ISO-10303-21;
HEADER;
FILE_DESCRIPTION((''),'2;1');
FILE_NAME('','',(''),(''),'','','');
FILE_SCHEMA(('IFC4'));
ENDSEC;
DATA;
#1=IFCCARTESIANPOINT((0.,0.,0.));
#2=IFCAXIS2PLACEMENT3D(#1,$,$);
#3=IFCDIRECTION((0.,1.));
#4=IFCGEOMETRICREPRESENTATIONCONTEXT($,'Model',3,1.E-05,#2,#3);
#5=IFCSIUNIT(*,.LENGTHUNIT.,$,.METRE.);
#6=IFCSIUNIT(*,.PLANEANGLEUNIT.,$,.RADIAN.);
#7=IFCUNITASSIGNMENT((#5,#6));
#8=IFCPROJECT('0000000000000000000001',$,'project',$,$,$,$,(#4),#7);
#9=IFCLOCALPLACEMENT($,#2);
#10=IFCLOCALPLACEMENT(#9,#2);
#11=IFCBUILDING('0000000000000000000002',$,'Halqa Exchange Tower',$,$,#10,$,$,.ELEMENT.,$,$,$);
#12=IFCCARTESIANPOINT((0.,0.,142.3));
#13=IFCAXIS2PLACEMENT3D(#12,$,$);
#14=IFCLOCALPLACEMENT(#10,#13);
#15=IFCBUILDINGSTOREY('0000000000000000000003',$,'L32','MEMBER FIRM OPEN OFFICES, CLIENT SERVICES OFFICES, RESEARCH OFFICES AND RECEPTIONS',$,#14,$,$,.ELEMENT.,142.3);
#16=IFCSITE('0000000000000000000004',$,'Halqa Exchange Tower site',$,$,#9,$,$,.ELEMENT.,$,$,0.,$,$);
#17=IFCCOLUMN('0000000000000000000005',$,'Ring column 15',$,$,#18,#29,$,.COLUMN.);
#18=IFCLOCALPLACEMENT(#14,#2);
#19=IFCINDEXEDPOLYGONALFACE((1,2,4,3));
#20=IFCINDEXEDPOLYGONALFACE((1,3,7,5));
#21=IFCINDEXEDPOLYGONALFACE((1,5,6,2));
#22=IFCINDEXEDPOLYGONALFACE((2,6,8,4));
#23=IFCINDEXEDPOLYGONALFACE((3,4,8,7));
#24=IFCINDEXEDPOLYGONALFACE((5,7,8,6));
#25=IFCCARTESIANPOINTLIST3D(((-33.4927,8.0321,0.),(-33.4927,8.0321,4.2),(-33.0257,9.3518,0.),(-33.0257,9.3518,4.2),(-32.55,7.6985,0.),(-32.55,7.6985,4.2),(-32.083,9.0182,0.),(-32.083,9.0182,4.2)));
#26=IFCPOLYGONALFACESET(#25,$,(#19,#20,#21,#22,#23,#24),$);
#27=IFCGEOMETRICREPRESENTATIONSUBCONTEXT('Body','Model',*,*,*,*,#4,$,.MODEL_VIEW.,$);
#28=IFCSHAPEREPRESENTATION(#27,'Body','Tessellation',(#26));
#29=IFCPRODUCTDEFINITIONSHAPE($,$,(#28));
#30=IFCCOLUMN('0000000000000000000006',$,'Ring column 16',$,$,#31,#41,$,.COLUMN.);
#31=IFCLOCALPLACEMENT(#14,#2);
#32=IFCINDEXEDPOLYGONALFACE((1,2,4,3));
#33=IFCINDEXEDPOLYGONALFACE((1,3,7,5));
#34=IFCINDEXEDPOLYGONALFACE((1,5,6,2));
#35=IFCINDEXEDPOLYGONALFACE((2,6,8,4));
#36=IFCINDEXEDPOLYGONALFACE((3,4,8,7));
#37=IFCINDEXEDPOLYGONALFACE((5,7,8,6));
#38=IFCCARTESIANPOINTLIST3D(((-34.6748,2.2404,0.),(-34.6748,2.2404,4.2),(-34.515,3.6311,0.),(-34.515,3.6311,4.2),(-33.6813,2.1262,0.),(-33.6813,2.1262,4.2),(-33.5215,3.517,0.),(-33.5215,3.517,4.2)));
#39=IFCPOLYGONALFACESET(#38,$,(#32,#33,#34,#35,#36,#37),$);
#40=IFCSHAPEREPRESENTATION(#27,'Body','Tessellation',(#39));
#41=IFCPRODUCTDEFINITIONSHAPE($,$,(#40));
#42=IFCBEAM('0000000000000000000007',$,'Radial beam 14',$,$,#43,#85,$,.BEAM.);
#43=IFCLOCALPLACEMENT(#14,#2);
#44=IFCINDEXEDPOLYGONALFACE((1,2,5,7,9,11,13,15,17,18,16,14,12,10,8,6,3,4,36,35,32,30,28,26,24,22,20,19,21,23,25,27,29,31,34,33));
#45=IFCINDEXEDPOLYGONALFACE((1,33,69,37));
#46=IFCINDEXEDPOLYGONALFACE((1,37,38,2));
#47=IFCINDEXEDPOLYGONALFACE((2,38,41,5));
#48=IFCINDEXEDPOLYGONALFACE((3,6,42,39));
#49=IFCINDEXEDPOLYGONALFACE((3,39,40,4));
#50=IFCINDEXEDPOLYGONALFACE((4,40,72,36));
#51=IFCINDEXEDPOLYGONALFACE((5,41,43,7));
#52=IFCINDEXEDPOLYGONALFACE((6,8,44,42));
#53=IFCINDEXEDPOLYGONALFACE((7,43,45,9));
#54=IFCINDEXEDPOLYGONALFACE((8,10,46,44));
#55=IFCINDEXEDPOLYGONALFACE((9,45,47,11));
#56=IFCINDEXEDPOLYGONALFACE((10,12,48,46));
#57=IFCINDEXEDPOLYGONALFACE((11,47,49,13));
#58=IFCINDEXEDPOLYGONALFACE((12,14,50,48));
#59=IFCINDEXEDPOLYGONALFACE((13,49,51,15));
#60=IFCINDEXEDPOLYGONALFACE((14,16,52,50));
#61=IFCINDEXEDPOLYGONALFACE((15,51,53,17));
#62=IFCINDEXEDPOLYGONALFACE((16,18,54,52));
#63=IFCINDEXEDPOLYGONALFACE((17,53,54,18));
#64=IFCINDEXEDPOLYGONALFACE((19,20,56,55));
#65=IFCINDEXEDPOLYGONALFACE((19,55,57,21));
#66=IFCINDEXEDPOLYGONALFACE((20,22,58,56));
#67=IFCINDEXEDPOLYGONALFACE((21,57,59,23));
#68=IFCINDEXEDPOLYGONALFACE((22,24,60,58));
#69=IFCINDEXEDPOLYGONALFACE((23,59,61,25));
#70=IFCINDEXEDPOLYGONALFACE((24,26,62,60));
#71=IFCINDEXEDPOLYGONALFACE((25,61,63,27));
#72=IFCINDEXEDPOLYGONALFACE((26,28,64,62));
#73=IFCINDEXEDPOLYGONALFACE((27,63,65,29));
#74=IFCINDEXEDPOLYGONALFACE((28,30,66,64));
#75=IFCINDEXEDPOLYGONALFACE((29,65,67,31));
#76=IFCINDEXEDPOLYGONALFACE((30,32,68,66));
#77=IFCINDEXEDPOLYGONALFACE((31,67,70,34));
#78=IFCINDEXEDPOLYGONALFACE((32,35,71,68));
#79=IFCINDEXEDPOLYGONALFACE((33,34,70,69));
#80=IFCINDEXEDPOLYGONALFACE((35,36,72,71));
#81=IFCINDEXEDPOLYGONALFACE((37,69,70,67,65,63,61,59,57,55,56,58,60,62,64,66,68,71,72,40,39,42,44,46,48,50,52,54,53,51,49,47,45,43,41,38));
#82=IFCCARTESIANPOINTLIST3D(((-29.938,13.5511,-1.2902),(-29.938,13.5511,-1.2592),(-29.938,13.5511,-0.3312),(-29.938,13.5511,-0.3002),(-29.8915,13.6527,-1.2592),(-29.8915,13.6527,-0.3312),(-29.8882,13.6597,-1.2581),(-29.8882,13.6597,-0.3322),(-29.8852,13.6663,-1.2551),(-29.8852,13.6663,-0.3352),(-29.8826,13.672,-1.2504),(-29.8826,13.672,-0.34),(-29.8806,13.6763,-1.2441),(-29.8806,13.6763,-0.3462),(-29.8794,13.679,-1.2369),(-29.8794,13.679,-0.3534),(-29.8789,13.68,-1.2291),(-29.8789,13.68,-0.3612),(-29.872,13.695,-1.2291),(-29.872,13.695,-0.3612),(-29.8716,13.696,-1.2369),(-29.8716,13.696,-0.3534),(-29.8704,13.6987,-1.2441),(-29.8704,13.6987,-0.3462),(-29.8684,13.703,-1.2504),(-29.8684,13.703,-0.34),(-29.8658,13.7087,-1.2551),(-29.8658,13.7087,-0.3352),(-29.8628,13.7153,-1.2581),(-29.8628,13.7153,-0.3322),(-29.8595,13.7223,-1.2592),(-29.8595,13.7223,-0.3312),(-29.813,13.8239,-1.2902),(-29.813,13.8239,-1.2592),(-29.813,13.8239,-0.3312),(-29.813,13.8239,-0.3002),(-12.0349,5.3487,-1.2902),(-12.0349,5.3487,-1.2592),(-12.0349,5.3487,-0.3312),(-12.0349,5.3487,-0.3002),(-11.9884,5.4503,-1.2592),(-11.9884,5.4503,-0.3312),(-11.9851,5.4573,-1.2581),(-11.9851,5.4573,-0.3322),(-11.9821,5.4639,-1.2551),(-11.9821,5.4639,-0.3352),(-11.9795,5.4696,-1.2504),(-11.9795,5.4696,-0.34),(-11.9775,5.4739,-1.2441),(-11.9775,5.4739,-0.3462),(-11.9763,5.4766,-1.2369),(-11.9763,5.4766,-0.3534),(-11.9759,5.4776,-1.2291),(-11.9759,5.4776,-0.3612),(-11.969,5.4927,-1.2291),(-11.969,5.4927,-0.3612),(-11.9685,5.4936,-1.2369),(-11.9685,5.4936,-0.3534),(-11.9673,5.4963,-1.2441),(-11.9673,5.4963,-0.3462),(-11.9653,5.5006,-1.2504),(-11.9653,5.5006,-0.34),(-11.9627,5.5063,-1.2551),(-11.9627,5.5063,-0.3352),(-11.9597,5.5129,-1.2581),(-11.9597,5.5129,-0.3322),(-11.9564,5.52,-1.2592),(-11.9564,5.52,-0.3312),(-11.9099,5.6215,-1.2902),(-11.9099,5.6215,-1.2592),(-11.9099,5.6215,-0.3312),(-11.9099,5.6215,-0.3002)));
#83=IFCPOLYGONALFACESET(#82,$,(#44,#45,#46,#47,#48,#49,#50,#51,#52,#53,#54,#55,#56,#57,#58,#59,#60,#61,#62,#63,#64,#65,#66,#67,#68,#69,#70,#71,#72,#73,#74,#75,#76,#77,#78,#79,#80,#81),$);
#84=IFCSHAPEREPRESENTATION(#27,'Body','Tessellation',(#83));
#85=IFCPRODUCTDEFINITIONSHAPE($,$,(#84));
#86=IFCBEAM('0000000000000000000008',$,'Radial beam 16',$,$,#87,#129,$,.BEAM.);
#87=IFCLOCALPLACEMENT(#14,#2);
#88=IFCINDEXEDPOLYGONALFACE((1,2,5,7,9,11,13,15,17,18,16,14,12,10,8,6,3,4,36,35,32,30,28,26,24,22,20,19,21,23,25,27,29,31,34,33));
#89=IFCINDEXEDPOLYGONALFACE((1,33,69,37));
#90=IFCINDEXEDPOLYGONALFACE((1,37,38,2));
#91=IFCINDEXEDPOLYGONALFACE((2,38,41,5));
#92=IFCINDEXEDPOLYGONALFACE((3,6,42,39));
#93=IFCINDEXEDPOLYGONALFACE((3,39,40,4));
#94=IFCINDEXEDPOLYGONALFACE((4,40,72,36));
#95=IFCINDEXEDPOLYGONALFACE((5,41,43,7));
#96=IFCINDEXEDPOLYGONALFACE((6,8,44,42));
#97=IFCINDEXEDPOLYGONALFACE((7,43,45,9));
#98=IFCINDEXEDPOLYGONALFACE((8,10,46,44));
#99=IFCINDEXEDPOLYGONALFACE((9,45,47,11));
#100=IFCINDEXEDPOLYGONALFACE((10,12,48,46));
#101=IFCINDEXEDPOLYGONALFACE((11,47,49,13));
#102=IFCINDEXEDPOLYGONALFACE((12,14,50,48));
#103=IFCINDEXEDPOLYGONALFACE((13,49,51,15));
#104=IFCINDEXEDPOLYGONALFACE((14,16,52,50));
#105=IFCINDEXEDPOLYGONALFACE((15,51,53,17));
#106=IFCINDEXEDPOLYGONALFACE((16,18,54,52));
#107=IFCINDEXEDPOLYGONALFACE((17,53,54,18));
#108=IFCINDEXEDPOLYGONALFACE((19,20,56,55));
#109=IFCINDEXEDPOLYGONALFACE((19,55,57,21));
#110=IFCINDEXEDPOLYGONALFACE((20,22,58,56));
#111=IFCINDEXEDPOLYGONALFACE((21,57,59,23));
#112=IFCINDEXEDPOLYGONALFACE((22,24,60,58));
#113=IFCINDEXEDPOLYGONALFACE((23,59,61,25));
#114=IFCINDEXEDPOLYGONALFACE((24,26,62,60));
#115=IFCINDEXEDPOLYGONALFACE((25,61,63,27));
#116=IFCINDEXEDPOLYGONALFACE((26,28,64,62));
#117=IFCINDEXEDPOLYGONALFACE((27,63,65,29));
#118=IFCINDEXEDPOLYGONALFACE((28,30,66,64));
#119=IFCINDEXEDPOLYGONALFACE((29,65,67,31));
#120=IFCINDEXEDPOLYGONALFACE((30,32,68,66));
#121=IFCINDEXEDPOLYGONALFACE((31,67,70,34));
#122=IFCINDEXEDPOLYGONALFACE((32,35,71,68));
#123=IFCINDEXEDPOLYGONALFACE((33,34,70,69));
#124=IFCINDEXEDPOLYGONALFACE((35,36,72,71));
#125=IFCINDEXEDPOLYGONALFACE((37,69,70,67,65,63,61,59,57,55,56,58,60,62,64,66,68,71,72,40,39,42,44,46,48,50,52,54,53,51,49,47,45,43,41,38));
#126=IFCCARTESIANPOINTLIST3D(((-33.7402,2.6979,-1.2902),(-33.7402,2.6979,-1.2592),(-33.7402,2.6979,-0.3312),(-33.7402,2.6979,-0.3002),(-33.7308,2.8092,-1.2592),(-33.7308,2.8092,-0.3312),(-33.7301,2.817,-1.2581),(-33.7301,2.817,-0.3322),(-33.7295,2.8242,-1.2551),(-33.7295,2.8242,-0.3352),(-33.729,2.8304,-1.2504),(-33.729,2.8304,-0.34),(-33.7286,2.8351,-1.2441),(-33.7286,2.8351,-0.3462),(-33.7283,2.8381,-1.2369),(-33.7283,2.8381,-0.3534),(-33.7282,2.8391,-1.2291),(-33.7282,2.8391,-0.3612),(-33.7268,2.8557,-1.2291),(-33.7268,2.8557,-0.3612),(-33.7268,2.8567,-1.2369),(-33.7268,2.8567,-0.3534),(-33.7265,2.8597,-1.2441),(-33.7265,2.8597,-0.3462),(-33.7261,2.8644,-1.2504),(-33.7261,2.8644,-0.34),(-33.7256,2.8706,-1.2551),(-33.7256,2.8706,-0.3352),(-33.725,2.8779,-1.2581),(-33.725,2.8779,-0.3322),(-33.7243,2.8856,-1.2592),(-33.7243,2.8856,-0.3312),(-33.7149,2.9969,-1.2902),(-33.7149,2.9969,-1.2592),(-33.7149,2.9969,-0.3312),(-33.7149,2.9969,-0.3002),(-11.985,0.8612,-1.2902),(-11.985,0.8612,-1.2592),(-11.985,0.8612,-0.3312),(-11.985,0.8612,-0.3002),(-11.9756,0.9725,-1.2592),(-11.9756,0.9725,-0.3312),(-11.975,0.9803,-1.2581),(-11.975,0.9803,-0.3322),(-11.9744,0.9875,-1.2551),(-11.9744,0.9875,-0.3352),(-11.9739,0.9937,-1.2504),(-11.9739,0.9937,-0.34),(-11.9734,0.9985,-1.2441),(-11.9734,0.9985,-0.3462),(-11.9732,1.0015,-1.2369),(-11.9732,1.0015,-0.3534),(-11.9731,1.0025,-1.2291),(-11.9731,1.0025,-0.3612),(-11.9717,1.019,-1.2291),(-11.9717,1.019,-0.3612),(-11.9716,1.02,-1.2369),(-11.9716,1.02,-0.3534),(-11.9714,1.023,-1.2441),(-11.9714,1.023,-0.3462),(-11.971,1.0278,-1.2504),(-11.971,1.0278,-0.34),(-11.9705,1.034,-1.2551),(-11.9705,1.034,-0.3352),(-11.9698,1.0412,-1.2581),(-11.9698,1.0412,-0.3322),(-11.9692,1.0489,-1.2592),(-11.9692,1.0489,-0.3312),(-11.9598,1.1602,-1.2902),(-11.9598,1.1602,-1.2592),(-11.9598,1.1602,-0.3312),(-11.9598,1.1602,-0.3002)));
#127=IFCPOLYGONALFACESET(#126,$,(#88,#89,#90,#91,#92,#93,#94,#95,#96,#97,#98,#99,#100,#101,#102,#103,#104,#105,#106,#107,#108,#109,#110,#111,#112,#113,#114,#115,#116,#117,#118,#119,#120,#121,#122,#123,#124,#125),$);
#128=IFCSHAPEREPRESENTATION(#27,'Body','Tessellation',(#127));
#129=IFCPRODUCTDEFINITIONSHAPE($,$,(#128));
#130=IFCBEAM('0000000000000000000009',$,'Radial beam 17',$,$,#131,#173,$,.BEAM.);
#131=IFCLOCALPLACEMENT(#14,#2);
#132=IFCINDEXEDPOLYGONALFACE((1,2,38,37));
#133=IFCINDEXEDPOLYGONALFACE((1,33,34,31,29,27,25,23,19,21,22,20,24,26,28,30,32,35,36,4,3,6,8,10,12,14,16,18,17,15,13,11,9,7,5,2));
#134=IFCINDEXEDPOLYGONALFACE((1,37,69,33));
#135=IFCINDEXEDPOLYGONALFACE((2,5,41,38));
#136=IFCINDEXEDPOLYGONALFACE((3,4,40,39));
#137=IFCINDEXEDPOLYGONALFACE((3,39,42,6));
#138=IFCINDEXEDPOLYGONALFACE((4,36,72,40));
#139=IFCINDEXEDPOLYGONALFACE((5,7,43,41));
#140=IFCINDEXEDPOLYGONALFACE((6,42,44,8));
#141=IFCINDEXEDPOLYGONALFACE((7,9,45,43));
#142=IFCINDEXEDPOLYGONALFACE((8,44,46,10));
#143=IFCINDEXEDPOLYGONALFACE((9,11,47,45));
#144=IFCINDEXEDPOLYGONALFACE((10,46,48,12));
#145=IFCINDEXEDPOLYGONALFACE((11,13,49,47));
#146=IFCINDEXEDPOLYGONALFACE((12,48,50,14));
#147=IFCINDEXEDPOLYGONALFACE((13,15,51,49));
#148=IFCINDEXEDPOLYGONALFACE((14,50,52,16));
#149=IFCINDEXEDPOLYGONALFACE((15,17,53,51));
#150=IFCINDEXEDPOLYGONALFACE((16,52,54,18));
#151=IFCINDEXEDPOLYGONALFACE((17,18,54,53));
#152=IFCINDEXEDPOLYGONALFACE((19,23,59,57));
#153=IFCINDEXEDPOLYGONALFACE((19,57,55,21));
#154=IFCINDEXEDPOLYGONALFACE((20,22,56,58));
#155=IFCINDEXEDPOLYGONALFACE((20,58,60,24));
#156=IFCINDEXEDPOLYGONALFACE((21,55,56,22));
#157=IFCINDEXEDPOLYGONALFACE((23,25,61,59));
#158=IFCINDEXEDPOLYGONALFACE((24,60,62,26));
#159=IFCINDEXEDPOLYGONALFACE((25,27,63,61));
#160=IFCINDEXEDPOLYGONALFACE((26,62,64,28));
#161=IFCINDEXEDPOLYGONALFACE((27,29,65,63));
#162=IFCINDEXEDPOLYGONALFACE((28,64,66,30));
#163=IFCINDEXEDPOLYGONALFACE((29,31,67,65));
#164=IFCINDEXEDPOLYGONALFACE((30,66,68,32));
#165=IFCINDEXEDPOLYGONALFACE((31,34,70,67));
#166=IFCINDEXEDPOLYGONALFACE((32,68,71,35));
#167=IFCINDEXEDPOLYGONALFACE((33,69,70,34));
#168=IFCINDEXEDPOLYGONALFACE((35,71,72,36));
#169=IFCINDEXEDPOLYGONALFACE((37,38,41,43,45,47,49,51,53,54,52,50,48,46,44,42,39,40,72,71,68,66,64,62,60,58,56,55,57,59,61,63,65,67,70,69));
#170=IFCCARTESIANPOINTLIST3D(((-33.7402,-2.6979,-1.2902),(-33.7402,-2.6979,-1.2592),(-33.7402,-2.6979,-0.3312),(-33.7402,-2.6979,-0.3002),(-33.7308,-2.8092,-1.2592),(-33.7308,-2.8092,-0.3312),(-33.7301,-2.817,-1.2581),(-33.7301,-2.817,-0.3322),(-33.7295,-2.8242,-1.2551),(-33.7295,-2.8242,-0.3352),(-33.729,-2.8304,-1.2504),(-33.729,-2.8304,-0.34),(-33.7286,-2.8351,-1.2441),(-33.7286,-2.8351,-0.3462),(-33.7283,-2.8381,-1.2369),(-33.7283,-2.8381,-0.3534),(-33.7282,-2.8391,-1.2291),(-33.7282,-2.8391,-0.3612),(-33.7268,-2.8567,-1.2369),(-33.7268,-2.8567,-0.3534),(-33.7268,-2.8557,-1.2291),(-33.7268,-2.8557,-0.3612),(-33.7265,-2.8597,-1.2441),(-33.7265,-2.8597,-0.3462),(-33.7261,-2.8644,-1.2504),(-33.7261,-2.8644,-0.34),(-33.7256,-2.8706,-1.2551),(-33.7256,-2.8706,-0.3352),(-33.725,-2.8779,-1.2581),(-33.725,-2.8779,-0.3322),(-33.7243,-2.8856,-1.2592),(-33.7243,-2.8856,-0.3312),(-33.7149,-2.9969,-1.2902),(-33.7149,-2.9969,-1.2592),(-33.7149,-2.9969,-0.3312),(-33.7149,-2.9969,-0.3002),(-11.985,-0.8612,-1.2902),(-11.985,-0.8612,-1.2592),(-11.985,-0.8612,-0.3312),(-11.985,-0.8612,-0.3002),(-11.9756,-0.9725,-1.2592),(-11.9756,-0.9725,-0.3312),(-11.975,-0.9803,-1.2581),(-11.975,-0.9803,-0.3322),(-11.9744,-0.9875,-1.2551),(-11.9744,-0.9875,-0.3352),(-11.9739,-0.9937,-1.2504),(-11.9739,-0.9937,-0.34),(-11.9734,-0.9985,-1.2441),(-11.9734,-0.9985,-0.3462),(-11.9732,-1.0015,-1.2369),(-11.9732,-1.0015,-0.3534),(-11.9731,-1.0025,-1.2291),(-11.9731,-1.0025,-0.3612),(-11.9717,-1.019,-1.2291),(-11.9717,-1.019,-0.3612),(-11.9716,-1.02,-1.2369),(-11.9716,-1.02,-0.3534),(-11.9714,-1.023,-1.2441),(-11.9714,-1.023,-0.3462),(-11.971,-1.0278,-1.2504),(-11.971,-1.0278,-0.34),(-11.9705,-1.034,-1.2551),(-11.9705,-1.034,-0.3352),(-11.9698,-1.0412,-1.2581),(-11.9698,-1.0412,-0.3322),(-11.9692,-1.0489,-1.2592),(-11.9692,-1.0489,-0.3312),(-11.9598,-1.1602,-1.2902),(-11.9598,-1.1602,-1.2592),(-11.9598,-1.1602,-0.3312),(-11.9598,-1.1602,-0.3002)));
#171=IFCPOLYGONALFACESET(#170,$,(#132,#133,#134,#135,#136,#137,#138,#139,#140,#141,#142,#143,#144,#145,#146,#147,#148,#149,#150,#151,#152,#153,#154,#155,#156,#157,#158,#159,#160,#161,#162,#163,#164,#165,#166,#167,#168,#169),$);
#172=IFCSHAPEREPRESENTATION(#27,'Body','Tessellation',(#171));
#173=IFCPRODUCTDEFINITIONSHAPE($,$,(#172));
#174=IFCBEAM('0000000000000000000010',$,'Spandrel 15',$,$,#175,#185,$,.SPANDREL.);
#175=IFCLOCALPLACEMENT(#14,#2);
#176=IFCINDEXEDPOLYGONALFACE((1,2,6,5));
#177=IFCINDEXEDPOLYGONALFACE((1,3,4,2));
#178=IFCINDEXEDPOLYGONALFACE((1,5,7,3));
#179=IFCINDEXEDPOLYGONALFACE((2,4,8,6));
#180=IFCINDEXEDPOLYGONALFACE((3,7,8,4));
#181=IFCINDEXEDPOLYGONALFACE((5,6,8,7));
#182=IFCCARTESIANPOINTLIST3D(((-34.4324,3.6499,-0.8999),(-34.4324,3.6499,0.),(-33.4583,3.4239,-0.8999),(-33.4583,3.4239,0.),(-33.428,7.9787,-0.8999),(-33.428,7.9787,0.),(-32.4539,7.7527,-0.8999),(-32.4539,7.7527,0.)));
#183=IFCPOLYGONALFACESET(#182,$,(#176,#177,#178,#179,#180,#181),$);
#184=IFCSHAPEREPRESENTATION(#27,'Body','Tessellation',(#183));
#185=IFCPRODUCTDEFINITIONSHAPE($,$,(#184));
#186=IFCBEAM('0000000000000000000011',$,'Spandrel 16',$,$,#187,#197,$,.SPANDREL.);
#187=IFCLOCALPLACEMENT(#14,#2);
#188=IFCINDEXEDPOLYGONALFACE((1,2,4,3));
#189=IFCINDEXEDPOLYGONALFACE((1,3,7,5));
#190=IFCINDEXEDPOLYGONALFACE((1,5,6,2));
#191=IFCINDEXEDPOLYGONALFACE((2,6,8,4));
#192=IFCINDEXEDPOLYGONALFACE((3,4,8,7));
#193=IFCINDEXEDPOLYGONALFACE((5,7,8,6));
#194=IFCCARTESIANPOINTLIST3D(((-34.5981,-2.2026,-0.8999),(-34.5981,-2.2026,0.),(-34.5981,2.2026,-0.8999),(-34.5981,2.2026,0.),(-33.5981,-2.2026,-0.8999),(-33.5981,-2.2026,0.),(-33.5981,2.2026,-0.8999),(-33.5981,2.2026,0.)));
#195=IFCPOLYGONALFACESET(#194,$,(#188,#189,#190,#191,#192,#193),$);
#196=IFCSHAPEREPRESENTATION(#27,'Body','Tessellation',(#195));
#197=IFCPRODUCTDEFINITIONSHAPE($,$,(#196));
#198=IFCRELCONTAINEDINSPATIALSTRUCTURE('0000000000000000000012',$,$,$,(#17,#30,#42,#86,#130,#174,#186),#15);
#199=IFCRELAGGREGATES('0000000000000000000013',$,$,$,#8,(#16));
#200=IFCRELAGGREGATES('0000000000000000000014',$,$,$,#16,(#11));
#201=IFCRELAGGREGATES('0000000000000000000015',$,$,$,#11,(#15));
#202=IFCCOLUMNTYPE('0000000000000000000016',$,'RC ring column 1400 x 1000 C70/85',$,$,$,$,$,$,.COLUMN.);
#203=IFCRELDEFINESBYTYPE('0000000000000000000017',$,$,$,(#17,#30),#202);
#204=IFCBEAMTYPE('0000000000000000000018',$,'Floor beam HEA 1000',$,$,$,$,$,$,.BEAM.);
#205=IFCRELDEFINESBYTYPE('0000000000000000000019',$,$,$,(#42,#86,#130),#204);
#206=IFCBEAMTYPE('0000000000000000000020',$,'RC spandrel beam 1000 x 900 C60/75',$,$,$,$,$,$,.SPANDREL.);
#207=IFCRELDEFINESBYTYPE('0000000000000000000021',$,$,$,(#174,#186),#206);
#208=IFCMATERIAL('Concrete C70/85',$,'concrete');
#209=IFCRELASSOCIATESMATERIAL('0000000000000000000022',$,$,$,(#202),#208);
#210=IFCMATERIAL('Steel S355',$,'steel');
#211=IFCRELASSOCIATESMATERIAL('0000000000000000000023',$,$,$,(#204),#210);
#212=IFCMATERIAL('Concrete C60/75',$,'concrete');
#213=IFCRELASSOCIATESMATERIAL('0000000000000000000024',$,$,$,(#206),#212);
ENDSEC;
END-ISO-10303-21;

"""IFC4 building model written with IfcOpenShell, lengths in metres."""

from ifc_helpers import new_model, si_unit, direction, frame, origin, origin_2d, place, context, subcontext, project, spatial, rectangle, i_section, extrude, material, material_profile, profile_set, type_object, element, save


model = new_model("IFC4")

# Units and contexts
model_context = context("Model", 3, precision=1e-05, world=origin(), true_north=direction((0.0, 1.0)))
body_context = subcontext(model_context, "Body", "Model", "MODEL_VIEW")
ifc_project = project(units=[si_unit("LENGTHUNIT", "METRE"), si_unit("PLANEANGLEUNIT", "RADIAN")], contexts=[model_context])

# Site, building, storey
site_placement = place(None, origin())
site = spatial("IfcSite", under=ifc_project, at=site_placement, Name="Halqa Exchange Tower site", CompositionType="ELEMENT", RefElevation=0.0)
building_placement = place(site_placement, origin())
building = spatial("IfcBuilding", under=site, at=building_placement, Name="Halqa Exchange Tower", CompositionType="ELEMENT")
storey_placement = place(building_placement, frame((0.0, 0.0, 142.3)))
storey = spatial("IfcBuildingStorey", under=building, at=storey_placement, Name="L32", Description="MEMBER FIRM OPEN OFFICES, CLIENT SERVICES OFFICES, RESEARCH OFFICES AND RECEPTIONS", CompositionType="ELEMENT", Elevation=142.3)

# Columns
ifc_material_1 = material(Name="Concrete C70/85", Category="concrete")
ifc_material_profile_1 = material_profile(ifc_material_1, rectangle(XDim=1.3999, YDim=1.0, at=origin_2d()), Name="1400 x 1000")
ifc_profile_set_1 = profile_set([ifc_material_profile_1], Name="Concrete C70/85")
column_type = type_object("IfcColumnType", Name="RC ring column 1400 x 1000 C70/85", PredefinedType="COLUMN", material=ifc_profile_set_1)
for number, where, z_axis, x_axis, name in (
    (1, (-32.7878, 8.5251, 0.0), (0.0, 0.0, 1.0), (-0.333629, -0.942704, 0.0), "Ring column 15"),
    (2, (-34.0981, 2.8787, 0.0), (0.0, 0.0, 1.0), (-0.114159, -0.993463, 0.0), "Ring column 16"),
):
    element("IfcColumn", number, at=place(storey_placement, frame(where, z_axis=z_axis, x_axis=x_axis)), inside=storey, type_object=column_type, Name=name, PredefinedType="COLUMN", context=body_context, shape_type="SweptSolid", body=[
        extrude(rectangle(XDim=1.3999, YDim=1.0, at=origin_2d()), origin(), (0.0, 0.0, 1.0), 4.2),
    ])

# Beams
ifc_material_2 = material(Name="Steel S355", Category="steel")
ifc_material_profile_2 = material_profile(ifc_material_2, i_section(OverallWidth=0.3, OverallDepth=0.99, WebThickness=0.0166, FlangeThickness=0.031, FilletRadius=0.03, at=origin_2d()), Name="HEA 1000")
ifc_profile_set_2 = profile_set([ifc_material_profile_2], Name="Steel S355")
beam_type_1 = type_object("IfcBeamType", Name="Floor beam HEA 1000", PredefinedType="BEAM", material=ifc_profile_set_2)
beam_1_placement = place(storey_placement, frame((-11.9724, 5.4851, -0.7952), z_axis=(-0.909126, 0.416521, 0.0), x_axis=(-0.416521, -0.909126, 0.0)))
element("IfcBeam", 3, at=beam_1_placement, inside=storey, type_object=beam_type_1, Name="Radial beam 14", PredefinedType="BEAM", context=body_context, shape_type="SweptSolid", body=[
    extrude(i_section(OverallWidth=0.3, OverallDepth=0.99, WebThickness=0.0166, FlangeThickness=0.031, FilletRadius=0.03, at=origin_2d()), origin(), (0.0, 0.0, 1.0), 19.6926),
])
for number, where, z_axis, x_axis, name in (
    (4, (-11.9724, 1.0107, -0.7952), (-0.996455, 0.084125, 0.0), (-0.084125, -0.996455, 0.0), "Radial beam 16"),
    (5, (-11.9724, -1.0107, -0.7952), (-0.996455, -0.084125, 0.0), (0.084125, -0.996455, 0.0), "Radial beam 17"),
):
    element("IfcBeam", number, at=place(storey_placement, frame(where, z_axis=z_axis, x_axis=x_axis)), inside=storey, type_object=beam_type_1, Name=name, PredefinedType="BEAM", context=body_context, shape_type="SweptSolid", body=[
        extrude(i_section(OverallWidth=0.3, OverallDepth=0.99, WebThickness=0.0166, FlangeThickness=0.031, FilletRadius=0.03, at=origin_2d()), origin(), (0.0, 0.0, 1.0), 21.8325),
    ])
ifc_material_3 = material(Name="Concrete C60/75", Category="concrete")
ifc_material_profile_3 = material_profile(ifc_material_3, rectangle(XDim=1.0, YDim=0.8999, at=origin_2d()), Name="1000 x 900")
ifc_profile_set_3 = profile_set([ifc_material_profile_3], Name="Concrete C60/75")
beam_type_2 = type_object("IfcBeamType", Name="RC spandrel beam 1000 x 900 C60/75", PredefinedType="SPANDREL", material=ifc_profile_set_3)
beam_2_placement = place(storey_placement, frame((-32.9409, 7.8657, -0.45), z_axis=(-0.226019, -0.974123, 0.0), x_axis=(0.974123, -0.226019, 0.0)))
element("IfcBeam", 6, at=beam_2_placement, inside=storey, type_object=beam_type_2, Name="Spandrel 15", PredefinedType="SPANDREL", context=body_context, shape_type="SweptSolid", body=[
    extrude(rectangle(XDim=1.0, YDim=0.8999, at=origin_2d()), origin(), (0.0, 0.0, 1.0), 4.4438),
])
beam_3_placement = place(storey_placement, frame((-34.0981, 2.2026, -0.45), z_axis=(0.0, -1.0, 0.0), x_axis=(1.0, 0.0, 0.0)))
element("IfcBeam", 7, at=beam_3_placement, inside=storey, type_object=beam_type_2, Name="Spandrel 16", PredefinedType="SPANDREL", context=body_context, shape_type="SweptSolid", body=[
    extrude(rectangle(XDim=1.0, YDim=0.8999, at=origin_2d()), origin(), (0.0, 0.0, 1.0), 4.4053),
])

save(model, "model.ifc")
